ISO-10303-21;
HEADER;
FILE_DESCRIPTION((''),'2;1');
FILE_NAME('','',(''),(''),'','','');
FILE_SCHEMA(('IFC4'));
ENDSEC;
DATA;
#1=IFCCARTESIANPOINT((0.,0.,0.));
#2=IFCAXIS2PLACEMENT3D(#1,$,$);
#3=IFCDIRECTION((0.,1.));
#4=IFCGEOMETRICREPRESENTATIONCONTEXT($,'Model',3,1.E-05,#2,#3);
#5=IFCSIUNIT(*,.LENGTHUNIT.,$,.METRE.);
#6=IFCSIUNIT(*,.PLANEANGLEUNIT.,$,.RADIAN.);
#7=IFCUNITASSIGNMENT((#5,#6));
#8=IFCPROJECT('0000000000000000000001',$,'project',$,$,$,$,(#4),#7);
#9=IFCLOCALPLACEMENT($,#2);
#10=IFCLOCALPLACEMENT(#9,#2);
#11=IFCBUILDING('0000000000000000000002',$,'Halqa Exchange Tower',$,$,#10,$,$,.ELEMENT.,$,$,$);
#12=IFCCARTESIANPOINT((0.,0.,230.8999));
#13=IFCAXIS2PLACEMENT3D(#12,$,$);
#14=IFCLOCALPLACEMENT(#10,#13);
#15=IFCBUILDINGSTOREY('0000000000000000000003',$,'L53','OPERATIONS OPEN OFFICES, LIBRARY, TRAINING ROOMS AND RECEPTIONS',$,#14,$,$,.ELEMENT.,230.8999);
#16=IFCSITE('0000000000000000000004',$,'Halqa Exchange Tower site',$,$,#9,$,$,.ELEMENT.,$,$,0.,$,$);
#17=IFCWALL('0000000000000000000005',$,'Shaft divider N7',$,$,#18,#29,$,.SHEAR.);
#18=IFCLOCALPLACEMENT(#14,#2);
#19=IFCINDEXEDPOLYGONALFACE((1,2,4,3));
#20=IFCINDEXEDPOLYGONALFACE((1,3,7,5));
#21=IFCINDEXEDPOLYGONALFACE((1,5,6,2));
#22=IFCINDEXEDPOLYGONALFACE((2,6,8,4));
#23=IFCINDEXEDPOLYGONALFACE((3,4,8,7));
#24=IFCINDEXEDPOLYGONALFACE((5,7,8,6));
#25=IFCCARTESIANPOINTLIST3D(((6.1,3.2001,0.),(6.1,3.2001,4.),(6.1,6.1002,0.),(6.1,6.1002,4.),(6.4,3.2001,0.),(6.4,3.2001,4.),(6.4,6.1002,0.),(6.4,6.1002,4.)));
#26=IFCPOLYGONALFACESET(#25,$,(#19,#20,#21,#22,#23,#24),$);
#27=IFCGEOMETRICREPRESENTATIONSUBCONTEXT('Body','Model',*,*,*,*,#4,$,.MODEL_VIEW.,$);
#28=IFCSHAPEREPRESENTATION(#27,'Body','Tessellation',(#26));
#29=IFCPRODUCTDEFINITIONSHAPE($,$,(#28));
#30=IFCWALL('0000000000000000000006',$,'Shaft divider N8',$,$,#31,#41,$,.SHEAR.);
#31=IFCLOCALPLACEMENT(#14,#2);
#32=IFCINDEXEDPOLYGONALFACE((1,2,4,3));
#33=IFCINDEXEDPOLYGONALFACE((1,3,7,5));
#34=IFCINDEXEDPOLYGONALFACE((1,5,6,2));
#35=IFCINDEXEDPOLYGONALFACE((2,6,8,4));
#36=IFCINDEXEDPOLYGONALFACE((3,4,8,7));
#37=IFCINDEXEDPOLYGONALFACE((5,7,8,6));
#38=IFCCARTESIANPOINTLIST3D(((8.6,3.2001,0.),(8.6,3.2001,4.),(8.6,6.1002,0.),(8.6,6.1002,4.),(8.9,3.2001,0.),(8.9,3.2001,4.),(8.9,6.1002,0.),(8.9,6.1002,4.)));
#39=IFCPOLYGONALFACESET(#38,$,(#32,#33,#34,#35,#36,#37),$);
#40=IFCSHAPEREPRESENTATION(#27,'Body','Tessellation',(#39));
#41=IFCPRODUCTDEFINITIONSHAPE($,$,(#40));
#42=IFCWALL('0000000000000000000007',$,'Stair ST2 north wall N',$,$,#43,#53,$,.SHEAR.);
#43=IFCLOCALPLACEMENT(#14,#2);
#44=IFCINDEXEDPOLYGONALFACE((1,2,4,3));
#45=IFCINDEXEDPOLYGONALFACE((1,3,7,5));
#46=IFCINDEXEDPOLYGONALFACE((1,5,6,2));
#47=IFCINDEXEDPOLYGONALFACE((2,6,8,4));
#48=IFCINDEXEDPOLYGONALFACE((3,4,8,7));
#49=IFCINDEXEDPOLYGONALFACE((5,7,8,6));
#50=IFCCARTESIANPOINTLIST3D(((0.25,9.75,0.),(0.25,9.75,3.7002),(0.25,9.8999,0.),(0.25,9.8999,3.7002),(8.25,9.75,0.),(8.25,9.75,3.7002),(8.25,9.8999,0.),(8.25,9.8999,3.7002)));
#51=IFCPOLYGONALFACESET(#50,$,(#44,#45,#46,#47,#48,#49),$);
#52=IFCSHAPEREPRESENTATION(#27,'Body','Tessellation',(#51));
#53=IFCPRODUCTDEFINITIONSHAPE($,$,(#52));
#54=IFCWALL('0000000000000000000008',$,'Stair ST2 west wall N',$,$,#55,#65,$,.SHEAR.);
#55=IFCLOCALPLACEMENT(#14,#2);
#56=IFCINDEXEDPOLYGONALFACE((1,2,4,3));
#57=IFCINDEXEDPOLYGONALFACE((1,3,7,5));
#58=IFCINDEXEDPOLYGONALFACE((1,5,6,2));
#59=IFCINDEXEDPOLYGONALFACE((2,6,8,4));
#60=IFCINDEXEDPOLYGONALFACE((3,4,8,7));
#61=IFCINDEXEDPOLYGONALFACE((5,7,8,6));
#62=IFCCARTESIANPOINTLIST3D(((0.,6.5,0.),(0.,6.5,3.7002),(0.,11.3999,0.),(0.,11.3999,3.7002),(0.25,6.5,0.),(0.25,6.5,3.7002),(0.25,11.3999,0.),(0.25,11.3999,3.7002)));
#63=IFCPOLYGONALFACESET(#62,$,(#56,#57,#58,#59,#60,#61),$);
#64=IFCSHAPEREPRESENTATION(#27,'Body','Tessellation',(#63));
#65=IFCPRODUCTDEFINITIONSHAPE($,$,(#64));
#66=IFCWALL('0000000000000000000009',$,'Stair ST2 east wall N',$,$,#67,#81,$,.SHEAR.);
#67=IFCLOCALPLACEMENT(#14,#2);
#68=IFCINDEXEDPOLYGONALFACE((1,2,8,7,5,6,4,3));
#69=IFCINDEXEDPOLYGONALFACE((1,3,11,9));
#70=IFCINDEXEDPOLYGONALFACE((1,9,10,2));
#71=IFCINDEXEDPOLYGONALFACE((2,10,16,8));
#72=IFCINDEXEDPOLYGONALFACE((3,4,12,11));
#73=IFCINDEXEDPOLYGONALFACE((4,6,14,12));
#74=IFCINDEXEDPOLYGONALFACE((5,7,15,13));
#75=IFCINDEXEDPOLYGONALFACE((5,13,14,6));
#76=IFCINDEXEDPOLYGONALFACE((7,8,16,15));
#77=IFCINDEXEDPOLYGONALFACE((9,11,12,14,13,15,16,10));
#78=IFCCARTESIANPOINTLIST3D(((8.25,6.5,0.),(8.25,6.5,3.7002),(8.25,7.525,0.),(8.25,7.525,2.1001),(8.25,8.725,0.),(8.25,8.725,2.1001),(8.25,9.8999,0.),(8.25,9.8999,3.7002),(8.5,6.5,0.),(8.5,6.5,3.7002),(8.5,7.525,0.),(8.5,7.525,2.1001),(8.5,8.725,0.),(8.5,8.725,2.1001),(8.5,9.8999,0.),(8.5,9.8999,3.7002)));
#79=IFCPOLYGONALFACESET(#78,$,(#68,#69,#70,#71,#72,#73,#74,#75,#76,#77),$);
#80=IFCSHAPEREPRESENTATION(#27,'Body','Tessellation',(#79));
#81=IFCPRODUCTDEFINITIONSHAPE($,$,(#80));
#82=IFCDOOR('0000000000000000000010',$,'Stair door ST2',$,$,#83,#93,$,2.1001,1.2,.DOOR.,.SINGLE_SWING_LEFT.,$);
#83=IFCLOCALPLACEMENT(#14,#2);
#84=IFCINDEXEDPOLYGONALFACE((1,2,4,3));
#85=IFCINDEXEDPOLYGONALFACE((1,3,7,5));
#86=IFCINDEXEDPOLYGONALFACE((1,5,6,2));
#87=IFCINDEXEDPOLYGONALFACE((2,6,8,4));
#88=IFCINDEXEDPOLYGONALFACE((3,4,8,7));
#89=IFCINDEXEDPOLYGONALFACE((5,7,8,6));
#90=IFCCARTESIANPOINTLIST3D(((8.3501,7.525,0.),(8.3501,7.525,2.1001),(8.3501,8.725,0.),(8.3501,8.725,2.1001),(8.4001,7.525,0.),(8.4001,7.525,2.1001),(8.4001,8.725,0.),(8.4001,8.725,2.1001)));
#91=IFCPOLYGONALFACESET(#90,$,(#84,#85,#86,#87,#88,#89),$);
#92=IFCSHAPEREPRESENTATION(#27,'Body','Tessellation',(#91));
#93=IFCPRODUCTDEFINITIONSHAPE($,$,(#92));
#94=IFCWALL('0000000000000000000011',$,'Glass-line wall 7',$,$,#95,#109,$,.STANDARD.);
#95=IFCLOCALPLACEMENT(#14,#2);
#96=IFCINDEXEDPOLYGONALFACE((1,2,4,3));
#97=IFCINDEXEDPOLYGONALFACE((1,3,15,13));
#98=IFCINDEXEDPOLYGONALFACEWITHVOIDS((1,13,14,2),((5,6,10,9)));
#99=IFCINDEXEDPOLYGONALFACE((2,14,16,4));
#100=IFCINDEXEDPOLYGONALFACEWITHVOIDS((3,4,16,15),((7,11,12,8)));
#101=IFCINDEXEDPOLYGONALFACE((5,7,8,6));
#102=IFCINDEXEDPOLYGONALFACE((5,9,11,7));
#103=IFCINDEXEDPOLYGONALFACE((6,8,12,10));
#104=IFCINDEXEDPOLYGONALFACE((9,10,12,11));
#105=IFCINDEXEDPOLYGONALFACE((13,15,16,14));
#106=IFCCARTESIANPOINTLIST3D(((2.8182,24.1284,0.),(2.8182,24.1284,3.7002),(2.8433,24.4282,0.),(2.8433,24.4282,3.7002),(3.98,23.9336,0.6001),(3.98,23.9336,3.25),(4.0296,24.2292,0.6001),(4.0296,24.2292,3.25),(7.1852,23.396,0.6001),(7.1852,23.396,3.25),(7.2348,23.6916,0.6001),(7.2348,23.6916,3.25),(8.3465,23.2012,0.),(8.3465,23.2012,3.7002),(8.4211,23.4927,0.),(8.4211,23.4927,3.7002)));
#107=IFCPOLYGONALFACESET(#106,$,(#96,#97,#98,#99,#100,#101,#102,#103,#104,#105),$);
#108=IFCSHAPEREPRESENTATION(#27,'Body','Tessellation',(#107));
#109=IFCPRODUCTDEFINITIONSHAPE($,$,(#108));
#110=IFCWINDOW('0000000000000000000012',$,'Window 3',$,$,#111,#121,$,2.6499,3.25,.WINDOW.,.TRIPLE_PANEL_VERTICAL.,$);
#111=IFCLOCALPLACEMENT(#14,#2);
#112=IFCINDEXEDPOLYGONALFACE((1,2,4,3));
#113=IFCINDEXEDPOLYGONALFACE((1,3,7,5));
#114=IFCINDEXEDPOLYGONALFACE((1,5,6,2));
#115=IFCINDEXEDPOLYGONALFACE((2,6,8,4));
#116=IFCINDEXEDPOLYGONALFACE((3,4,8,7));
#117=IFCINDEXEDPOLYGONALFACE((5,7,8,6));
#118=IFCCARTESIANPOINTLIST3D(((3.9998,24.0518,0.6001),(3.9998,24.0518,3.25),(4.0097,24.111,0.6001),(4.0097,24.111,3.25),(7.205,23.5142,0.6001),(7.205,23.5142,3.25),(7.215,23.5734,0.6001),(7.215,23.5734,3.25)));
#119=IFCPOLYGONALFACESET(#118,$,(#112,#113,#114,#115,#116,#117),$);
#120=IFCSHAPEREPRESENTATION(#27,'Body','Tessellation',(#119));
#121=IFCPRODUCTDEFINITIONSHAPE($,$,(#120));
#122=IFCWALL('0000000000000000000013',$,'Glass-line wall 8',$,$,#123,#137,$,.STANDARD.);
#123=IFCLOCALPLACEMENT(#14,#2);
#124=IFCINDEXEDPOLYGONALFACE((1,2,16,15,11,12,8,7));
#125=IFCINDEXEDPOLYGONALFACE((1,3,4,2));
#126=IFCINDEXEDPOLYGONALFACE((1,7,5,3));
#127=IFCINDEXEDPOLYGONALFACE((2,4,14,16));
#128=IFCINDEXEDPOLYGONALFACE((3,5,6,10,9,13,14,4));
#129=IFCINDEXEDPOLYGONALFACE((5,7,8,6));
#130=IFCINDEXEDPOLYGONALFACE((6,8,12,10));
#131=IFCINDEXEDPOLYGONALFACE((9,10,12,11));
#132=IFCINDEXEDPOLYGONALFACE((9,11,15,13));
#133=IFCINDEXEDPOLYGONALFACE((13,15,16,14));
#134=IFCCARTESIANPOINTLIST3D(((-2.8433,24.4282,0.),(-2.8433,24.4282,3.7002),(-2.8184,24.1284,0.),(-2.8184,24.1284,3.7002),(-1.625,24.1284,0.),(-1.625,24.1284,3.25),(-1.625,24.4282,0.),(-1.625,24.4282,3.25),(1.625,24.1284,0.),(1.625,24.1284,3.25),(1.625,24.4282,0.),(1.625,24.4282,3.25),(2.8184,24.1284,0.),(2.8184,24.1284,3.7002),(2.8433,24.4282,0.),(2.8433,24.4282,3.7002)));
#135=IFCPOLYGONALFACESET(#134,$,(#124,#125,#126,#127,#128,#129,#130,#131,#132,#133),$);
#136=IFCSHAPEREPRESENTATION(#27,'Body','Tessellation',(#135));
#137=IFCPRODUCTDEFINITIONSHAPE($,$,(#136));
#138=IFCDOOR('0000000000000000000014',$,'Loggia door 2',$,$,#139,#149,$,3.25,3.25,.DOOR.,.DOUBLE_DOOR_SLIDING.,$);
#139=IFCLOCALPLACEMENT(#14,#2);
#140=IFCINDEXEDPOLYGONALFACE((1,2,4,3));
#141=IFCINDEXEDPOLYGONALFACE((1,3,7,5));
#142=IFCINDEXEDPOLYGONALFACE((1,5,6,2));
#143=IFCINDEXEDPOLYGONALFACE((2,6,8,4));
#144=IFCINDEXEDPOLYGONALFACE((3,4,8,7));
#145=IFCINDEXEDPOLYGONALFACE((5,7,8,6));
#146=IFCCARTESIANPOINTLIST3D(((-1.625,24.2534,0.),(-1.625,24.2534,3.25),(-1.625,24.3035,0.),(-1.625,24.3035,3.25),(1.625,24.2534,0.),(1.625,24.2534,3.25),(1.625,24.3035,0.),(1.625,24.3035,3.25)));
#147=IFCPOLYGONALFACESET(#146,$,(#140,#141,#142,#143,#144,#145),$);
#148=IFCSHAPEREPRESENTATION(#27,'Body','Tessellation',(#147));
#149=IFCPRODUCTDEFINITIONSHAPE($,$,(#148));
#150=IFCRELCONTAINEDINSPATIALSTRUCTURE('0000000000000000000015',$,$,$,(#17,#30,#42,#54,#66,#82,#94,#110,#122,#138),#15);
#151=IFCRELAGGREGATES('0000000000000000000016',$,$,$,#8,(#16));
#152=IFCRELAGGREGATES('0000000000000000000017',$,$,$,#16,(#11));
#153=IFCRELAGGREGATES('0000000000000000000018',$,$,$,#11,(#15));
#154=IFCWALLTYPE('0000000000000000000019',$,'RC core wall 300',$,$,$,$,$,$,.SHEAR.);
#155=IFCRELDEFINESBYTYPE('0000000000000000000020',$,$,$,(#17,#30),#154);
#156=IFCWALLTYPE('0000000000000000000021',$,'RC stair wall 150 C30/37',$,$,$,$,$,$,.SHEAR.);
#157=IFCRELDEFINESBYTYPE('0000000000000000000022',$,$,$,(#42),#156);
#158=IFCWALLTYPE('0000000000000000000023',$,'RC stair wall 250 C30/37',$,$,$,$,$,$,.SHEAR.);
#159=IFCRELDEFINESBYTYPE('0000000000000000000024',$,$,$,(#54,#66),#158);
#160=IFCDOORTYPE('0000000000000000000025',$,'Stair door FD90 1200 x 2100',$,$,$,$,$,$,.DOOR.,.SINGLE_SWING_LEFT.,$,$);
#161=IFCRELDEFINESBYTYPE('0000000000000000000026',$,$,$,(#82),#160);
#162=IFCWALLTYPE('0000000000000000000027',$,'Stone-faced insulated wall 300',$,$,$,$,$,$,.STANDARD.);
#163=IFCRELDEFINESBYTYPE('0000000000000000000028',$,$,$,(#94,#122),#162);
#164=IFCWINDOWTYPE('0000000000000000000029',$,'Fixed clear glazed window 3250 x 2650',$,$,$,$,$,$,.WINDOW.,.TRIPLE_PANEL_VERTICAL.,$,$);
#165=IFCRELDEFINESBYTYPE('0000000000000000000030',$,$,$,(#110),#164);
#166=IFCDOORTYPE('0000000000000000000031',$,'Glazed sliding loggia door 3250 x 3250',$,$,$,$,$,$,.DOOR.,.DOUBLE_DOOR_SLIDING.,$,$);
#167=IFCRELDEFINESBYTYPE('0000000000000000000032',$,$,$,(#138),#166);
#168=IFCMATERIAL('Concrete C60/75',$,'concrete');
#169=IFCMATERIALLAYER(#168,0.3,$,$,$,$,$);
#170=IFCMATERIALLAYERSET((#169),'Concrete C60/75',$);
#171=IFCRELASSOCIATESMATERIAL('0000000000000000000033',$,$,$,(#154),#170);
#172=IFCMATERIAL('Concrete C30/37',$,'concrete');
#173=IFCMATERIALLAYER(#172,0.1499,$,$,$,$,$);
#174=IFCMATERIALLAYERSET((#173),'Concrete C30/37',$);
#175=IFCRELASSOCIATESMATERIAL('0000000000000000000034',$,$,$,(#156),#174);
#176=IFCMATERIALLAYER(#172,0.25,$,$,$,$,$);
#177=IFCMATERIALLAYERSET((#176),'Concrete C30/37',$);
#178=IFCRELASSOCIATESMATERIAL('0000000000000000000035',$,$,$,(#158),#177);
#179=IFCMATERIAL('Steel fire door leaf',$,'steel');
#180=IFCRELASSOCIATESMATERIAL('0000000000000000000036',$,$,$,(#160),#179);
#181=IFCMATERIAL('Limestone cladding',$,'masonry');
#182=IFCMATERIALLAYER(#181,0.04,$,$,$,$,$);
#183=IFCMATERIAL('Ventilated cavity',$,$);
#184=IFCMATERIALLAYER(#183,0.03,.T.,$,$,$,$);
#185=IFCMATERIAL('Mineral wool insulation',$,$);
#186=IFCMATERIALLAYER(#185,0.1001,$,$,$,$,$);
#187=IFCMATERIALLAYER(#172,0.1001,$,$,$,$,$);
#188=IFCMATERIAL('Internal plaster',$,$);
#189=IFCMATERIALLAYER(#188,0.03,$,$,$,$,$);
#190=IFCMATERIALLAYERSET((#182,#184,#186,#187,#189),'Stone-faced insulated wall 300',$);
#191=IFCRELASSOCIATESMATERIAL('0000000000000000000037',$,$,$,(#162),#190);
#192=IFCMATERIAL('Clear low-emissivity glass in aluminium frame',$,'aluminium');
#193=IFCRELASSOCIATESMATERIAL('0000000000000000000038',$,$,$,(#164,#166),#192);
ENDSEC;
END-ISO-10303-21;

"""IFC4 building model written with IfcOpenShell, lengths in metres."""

from ifc_helpers import new_model, si_unit, direction, frame, frame_2d, origin, place, context, subcontext, project, spatial, polyline, rectangle, outline, extrude, material, layer, layer_set, type_object, element, fill, save


model = new_model("IFC4")

# Units and contexts
model_context = context("Model", 3, precision=1e-05, world=origin(), true_north=direction((0.0, 1.0)))
body_context = subcontext(model_context, "Body", "Model", "MODEL_VIEW")
ifc_project = project(units=[si_unit("LENGTHUNIT", "METRE"), si_unit("PLANEANGLEUNIT", "RADIAN")], contexts=[model_context])

# Site, building, storey
site_placement = place(None, origin())
site = spatial("IfcSite", under=ifc_project, at=site_placement, Name="Halqa Exchange Tower site", CompositionType="ELEMENT", RefElevation=0.0)
building_placement = place(site_placement, origin())
building = spatial("IfcBuilding", under=site, at=building_placement, Name="Halqa Exchange Tower", CompositionType="ELEMENT")
storey_placement = place(building_placement, frame((0.0, 0.0, 230.8999)))
storey = spatial("IfcBuildingStorey", under=building, at=storey_placement, Name="L53", Description="OPERATIONS OPEN OFFICES, LIBRARY, TRAINING ROOMS AND RECEPTIONS", CompositionType="ELEMENT", Elevation=230.8999)

# Shared definitions
ifc_material_1 = material(Name="Concrete C60/75", Category="concrete")

# Shared definitions
ifc_material_2 = material(Name="Concrete C30/37", Category="concrete")

# Walls
ifc_layer_1 = layer(ifc_material_1, 0.3)
ifc_layer_set_1 = layer_set([ifc_layer_1], Name="Concrete C60/75")
wall_type_1 = type_object("IfcWallType", Name="RC core wall 300", PredefinedType="SHEAR", material=ifc_layer_set_1)
for number, where, z_axis, x_axis, name in (
    (1, (6.25, 3.2, 0.0), (0.0, 0.0, 1.0), (0.0, 1.0, 0.0), "Shaft divider N7"),
    (2, (8.75, 3.2, 0.0), (0.0, 0.0, 1.0), (0.0, 1.0, 0.0), "Shaft divider N8"),
):
    element("IfcWall", number, at=place(storey_placement, frame(where, z_axis=z_axis, x_axis=x_axis)), inside=storey, type_object=wall_type_1, Name=name, PredefinedType="SHEAR", context=body_context, shape_type="SweptSolid", body=[
        extrude(rectangle(XDim=2.9001, YDim=0.3, at=frame_2d((1.4502, 0.0))), origin(), (0.0, 0.0, 1.0), 4.0),
    ])
ifc_layer_2 = layer(ifc_material_2, 0.1499)
ifc_layer_set_2 = layer_set([ifc_layer_2], Name="Concrete C30/37")
wall_type_2 = type_object("IfcWallType", Name="RC stair wall 150 C30/37", PredefinedType="SHEAR", material=ifc_layer_set_2)
wall_1_placement = place(storey_placement, frame((0.25, 9.825, 0.0), z_axis=(0.0, 0.0, 1.0), x_axis=(1.0, 0.0, 0.0)))
element("IfcWall", 3, at=wall_1_placement, inside=storey, type_object=wall_type_2, Name="Stair ST2 north wall N", PredefinedType="SHEAR", context=body_context, shape_type="SweptSolid", body=[
    extrude(rectangle(XDim=8.0, YDim=0.1499, at=frame_2d((4.0, 0.0))), origin(), (0.0, 0.0, 1.0), 3.7002),
])
ifc_layer_3 = layer(ifc_material_2, 0.25)
ifc_layer_set_3 = layer_set([ifc_layer_3], Name="Concrete C30/37")
wall_type_3 = type_object("IfcWallType", Name="RC stair wall 250 C30/37", PredefinedType="SHEAR", material=ifc_layer_set_3)
wall_2_placement = place(storey_placement, frame((0.125, 6.5, 0.0), z_axis=(0.0, 0.0, 1.0), x_axis=(0.0, 1.0, 0.0)))
element("IfcWall", 4, at=wall_2_placement, inside=storey, type_object=wall_type_3, Name="Stair ST2 west wall N", PredefinedType="SHEAR", context=body_context, shape_type="SweptSolid", body=[
    extrude(rectangle(XDim=4.8999, YDim=0.25, at=frame_2d((2.45, 0.0))), origin(), (0.0, 0.0, 1.0), 3.7002),
])

# Wall, opening, door
wall_3_placement = place(storey_placement, frame((8.375, 6.5, 0.0), z_axis=(0.0, 0.0, 1.0), x_axis=(0.0, 1.0, 0.0)))
wall_3 = element("IfcWall", 5, at=wall_3_placement, inside=storey, type_object=wall_type_3, Name="Stair ST2 east wall N", PredefinedType="SHEAR", context=body_context, shape_type="SweptSolid", body=[
    extrude(rectangle(XDim=3.3999, YDim=0.25, at=frame_2d((1.7, 0.0))), origin(), (0.0, 0.0, 1.0), 3.7002),
])
opening_1_placement = place(wall_3_placement, frame((1.0249, 0.0, 0.0)))
opening_1 = element("IfcOpeningElement", 6, at=opening_1_placement, cuts=wall_3, PredefinedType="OPENING", context=body_context, shape_type="SweptSolid", body=[
    extrude(rectangle(XDim=1.2, YDim=2.1001, at=frame_2d((0.6001, 1.05))), frame((0.0, 0.137, 0.0), z_axis=(0.0, -1.0, 0.0), x_axis=(1.0, 0.0, 0.0)), (0.0, 0.0, 1.0), 0.2739),
])
ifc_material_3 = material(Name="Steel fire door leaf", Category="steel")
door_type_1 = type_object("IfcDoorType", Name="Stair door FD90 1200 x 2100", OperationType="SINGLE_SWING_LEFT", PredefinedType="DOOR", material=ifc_material_3)
door_1_placement = place(opening_1_placement, origin())
door_1 = element("IfcDoor", 7, at=door_1_placement, inside=storey, type_object=door_type_1, Name="Stair door ST2", OperationType="SINGLE_SWING_LEFT", OverallHeight=2.1001, OverallWidth=1.2, PredefinedType="DOOR", context=body_context, shape_type="SweptSolid", body=[
    extrude(rectangle(XDim=1.2, YDim=2.1001, at=frame_2d((0.6001, 1.05))), frame((0.0, 0.0249, 0.0), z_axis=(0.0, -1.0, 0.0), x_axis=(1.0, 0.0, 0.0)), (0.0, 0.0, 1.0), 0.05),
])
fill(opening_1, door_1)

# Wall, opening, window
ifc_material_4 = material(Name="Limestone cladding", Category="masonry")
ifc_layer_4 = layer(ifc_material_4, 0.04)
ifc_material_5 = material(Name="Ventilated cavity")
ifc_layer_5 = layer(ifc_material_5, 0.03, ventilated=True)
ifc_material_6 = material(Name="Mineral wool insulation")
ifc_layer_6 = layer(ifc_material_6, 0.1001)
ifc_layer_7 = layer(ifc_material_2, 0.1001)
ifc_material_7 = material(Name="Internal plaster")
ifc_layer_8 = layer(ifc_material_7, 0.03)
ifc_layer_set_4 = layer_set([ifc_layer_4, ifc_layer_5, ifc_layer_6, ifc_layer_7, ifc_layer_8], Name="Stone-faced insulated wall 300")
wall_type_4 = type_object("IfcWallType", Name="Stone-faced insulated wall 300", PredefinedType="STANDARD", material=ifc_layer_set_4)
wall_4_placement = place(storey_placement, frame((8.3838, 23.3469, 0.0), z_axis=(0.0, 0.0, 1.0), x_axis=(-0.986223, 0.165418, 0.0)))
wall_4 = element("IfcWall", 8, at=wall_4_placement, inside=storey, type_object=wall_type_4, Name="Glass-line wall 7", PredefinedType="STANDARD", context=body_context, shape_type="SweptSolid", body=[
    extrude(outline(polyline([(-0.0127, -0.1499), (5.6431, -0.1499), (5.6182, 0.1499), (0.0127, 0.1499), (-0.0127, -0.1499)])), origin(), (0.0, 0.0, 1.0), 3.7002),
])
opening_2_placement = place(wall_4_placement, frame((1.1902, 0.0, 0.6001)))
opening_2 = element("IfcOpeningElement", 9, at=opening_2_placement, cuts=wall_4, PredefinedType="OPENING", context=body_context, shape_type="SweptSolid", body=[
    extrude(rectangle(XDim=3.25, YDim=2.6499, at=frame_2d((1.625, 1.325))), frame((0.0, 0.1621, 0.0), z_axis=(0.0, -1.0, 0.0), x_axis=(1.0, 0.0, 0.0)), (0.0, 0.0, 1.0), 0.324),
])
ifc_material_8 = material(Name="Clear low-emissivity glass in aluminium frame", Category="aluminium")
window_type = type_object("IfcWindowType", Name="Fixed clear glazed window 3250 x 2650", PartitioningType="TRIPLE_PANEL_VERTICAL", PredefinedType="WINDOW", material=ifc_material_8)
window_placement = place(opening_2_placement, origin())
window = element("IfcWindow", 10, at=window_placement, inside=storey, type_object=window_type, Name="Window 3", OverallHeight=2.6499, OverallWidth=3.25, PartitioningType="TRIPLE_PANEL_VERTICAL", PredefinedType="WINDOW", context=body_context, shape_type="SweptSolid", body=[
    extrude(rectangle(XDim=3.25, YDim=2.6499, at=frame_2d((1.625, 1.325))), frame((0.0, 0.03, 0.0), z_axis=(0.0, -1.0, 0.0), x_axis=(1.0, 0.0, 0.0)), (0.0, 0.0, 1.0), 0.0601),
])
fill(opening_2, window)

# Wall, opening, door
wall_5_placement = place(storey_placement, frame((2.8308, 24.2783, 0.0), z_axis=(0.0, 0.0, 1.0), x_axis=(-1.0, 0.0, 0.0)))
wall_5 = element("IfcWall", 11, at=wall_5_placement, inside=storey, type_object=wall_type_4, Name="Glass-line wall 8", PredefinedType="STANDARD", context=body_context, shape_type="SweptSolid", body=[
    extrude(outline(polyline([(-0.0125, -0.1499), (5.6741, -0.1499), (5.6492, 0.1499), (0.0125, 0.1499), (-0.0125, -0.1499)])), origin(), (0.0, 0.0, 1.0), 3.7002),
])
opening_3_placement = place(wall_5_placement, frame((1.2058, 0.0, 0.0)))
opening_3 = element("IfcOpeningElement", 12, at=opening_3_placement, cuts=wall_5, PredefinedType="OPENING", context=body_context, shape_type="SweptSolid", body=[
    extrude(rectangle(XDim=3.25, YDim=3.25, at=frame_2d((1.625, 1.625))), frame((0.0, 0.1621, 0.0), z_axis=(0.0, -1.0, 0.0), x_axis=(1.0, 0.0, 0.0)), (0.0, 0.0, 1.0), 0.324),
])
door_type_2 = type_object("IfcDoorType", Name="Glazed sliding loggia door 3250 x 3250", OperationType="DOUBLE_DOOR_SLIDING", PredefinedType="DOOR", material=ifc_material_8)
door_2_placement = place(opening_3_placement, origin())
door_2 = element("IfcDoor", 13, at=door_2_placement, inside=storey, type_object=door_type_2, Name="Loggia door 2", OperationType="DOUBLE_DOOR_SLIDING", OverallHeight=3.25, OverallWidth=3.25, PredefinedType="DOOR", context=body_context, shape_type="SweptSolid", body=[
    extrude(rectangle(XDim=3.25, YDim=3.25, at=frame_2d((1.625, 1.625))), frame((0.0, 0.0249, 0.0), z_axis=(0.0, -1.0, 0.0), x_axis=(1.0, 0.0, 0.0)), (0.0, 0.0, 1.0), 0.05),
])
fill(opening_3, door_2)

save(model, "model.ifc")
